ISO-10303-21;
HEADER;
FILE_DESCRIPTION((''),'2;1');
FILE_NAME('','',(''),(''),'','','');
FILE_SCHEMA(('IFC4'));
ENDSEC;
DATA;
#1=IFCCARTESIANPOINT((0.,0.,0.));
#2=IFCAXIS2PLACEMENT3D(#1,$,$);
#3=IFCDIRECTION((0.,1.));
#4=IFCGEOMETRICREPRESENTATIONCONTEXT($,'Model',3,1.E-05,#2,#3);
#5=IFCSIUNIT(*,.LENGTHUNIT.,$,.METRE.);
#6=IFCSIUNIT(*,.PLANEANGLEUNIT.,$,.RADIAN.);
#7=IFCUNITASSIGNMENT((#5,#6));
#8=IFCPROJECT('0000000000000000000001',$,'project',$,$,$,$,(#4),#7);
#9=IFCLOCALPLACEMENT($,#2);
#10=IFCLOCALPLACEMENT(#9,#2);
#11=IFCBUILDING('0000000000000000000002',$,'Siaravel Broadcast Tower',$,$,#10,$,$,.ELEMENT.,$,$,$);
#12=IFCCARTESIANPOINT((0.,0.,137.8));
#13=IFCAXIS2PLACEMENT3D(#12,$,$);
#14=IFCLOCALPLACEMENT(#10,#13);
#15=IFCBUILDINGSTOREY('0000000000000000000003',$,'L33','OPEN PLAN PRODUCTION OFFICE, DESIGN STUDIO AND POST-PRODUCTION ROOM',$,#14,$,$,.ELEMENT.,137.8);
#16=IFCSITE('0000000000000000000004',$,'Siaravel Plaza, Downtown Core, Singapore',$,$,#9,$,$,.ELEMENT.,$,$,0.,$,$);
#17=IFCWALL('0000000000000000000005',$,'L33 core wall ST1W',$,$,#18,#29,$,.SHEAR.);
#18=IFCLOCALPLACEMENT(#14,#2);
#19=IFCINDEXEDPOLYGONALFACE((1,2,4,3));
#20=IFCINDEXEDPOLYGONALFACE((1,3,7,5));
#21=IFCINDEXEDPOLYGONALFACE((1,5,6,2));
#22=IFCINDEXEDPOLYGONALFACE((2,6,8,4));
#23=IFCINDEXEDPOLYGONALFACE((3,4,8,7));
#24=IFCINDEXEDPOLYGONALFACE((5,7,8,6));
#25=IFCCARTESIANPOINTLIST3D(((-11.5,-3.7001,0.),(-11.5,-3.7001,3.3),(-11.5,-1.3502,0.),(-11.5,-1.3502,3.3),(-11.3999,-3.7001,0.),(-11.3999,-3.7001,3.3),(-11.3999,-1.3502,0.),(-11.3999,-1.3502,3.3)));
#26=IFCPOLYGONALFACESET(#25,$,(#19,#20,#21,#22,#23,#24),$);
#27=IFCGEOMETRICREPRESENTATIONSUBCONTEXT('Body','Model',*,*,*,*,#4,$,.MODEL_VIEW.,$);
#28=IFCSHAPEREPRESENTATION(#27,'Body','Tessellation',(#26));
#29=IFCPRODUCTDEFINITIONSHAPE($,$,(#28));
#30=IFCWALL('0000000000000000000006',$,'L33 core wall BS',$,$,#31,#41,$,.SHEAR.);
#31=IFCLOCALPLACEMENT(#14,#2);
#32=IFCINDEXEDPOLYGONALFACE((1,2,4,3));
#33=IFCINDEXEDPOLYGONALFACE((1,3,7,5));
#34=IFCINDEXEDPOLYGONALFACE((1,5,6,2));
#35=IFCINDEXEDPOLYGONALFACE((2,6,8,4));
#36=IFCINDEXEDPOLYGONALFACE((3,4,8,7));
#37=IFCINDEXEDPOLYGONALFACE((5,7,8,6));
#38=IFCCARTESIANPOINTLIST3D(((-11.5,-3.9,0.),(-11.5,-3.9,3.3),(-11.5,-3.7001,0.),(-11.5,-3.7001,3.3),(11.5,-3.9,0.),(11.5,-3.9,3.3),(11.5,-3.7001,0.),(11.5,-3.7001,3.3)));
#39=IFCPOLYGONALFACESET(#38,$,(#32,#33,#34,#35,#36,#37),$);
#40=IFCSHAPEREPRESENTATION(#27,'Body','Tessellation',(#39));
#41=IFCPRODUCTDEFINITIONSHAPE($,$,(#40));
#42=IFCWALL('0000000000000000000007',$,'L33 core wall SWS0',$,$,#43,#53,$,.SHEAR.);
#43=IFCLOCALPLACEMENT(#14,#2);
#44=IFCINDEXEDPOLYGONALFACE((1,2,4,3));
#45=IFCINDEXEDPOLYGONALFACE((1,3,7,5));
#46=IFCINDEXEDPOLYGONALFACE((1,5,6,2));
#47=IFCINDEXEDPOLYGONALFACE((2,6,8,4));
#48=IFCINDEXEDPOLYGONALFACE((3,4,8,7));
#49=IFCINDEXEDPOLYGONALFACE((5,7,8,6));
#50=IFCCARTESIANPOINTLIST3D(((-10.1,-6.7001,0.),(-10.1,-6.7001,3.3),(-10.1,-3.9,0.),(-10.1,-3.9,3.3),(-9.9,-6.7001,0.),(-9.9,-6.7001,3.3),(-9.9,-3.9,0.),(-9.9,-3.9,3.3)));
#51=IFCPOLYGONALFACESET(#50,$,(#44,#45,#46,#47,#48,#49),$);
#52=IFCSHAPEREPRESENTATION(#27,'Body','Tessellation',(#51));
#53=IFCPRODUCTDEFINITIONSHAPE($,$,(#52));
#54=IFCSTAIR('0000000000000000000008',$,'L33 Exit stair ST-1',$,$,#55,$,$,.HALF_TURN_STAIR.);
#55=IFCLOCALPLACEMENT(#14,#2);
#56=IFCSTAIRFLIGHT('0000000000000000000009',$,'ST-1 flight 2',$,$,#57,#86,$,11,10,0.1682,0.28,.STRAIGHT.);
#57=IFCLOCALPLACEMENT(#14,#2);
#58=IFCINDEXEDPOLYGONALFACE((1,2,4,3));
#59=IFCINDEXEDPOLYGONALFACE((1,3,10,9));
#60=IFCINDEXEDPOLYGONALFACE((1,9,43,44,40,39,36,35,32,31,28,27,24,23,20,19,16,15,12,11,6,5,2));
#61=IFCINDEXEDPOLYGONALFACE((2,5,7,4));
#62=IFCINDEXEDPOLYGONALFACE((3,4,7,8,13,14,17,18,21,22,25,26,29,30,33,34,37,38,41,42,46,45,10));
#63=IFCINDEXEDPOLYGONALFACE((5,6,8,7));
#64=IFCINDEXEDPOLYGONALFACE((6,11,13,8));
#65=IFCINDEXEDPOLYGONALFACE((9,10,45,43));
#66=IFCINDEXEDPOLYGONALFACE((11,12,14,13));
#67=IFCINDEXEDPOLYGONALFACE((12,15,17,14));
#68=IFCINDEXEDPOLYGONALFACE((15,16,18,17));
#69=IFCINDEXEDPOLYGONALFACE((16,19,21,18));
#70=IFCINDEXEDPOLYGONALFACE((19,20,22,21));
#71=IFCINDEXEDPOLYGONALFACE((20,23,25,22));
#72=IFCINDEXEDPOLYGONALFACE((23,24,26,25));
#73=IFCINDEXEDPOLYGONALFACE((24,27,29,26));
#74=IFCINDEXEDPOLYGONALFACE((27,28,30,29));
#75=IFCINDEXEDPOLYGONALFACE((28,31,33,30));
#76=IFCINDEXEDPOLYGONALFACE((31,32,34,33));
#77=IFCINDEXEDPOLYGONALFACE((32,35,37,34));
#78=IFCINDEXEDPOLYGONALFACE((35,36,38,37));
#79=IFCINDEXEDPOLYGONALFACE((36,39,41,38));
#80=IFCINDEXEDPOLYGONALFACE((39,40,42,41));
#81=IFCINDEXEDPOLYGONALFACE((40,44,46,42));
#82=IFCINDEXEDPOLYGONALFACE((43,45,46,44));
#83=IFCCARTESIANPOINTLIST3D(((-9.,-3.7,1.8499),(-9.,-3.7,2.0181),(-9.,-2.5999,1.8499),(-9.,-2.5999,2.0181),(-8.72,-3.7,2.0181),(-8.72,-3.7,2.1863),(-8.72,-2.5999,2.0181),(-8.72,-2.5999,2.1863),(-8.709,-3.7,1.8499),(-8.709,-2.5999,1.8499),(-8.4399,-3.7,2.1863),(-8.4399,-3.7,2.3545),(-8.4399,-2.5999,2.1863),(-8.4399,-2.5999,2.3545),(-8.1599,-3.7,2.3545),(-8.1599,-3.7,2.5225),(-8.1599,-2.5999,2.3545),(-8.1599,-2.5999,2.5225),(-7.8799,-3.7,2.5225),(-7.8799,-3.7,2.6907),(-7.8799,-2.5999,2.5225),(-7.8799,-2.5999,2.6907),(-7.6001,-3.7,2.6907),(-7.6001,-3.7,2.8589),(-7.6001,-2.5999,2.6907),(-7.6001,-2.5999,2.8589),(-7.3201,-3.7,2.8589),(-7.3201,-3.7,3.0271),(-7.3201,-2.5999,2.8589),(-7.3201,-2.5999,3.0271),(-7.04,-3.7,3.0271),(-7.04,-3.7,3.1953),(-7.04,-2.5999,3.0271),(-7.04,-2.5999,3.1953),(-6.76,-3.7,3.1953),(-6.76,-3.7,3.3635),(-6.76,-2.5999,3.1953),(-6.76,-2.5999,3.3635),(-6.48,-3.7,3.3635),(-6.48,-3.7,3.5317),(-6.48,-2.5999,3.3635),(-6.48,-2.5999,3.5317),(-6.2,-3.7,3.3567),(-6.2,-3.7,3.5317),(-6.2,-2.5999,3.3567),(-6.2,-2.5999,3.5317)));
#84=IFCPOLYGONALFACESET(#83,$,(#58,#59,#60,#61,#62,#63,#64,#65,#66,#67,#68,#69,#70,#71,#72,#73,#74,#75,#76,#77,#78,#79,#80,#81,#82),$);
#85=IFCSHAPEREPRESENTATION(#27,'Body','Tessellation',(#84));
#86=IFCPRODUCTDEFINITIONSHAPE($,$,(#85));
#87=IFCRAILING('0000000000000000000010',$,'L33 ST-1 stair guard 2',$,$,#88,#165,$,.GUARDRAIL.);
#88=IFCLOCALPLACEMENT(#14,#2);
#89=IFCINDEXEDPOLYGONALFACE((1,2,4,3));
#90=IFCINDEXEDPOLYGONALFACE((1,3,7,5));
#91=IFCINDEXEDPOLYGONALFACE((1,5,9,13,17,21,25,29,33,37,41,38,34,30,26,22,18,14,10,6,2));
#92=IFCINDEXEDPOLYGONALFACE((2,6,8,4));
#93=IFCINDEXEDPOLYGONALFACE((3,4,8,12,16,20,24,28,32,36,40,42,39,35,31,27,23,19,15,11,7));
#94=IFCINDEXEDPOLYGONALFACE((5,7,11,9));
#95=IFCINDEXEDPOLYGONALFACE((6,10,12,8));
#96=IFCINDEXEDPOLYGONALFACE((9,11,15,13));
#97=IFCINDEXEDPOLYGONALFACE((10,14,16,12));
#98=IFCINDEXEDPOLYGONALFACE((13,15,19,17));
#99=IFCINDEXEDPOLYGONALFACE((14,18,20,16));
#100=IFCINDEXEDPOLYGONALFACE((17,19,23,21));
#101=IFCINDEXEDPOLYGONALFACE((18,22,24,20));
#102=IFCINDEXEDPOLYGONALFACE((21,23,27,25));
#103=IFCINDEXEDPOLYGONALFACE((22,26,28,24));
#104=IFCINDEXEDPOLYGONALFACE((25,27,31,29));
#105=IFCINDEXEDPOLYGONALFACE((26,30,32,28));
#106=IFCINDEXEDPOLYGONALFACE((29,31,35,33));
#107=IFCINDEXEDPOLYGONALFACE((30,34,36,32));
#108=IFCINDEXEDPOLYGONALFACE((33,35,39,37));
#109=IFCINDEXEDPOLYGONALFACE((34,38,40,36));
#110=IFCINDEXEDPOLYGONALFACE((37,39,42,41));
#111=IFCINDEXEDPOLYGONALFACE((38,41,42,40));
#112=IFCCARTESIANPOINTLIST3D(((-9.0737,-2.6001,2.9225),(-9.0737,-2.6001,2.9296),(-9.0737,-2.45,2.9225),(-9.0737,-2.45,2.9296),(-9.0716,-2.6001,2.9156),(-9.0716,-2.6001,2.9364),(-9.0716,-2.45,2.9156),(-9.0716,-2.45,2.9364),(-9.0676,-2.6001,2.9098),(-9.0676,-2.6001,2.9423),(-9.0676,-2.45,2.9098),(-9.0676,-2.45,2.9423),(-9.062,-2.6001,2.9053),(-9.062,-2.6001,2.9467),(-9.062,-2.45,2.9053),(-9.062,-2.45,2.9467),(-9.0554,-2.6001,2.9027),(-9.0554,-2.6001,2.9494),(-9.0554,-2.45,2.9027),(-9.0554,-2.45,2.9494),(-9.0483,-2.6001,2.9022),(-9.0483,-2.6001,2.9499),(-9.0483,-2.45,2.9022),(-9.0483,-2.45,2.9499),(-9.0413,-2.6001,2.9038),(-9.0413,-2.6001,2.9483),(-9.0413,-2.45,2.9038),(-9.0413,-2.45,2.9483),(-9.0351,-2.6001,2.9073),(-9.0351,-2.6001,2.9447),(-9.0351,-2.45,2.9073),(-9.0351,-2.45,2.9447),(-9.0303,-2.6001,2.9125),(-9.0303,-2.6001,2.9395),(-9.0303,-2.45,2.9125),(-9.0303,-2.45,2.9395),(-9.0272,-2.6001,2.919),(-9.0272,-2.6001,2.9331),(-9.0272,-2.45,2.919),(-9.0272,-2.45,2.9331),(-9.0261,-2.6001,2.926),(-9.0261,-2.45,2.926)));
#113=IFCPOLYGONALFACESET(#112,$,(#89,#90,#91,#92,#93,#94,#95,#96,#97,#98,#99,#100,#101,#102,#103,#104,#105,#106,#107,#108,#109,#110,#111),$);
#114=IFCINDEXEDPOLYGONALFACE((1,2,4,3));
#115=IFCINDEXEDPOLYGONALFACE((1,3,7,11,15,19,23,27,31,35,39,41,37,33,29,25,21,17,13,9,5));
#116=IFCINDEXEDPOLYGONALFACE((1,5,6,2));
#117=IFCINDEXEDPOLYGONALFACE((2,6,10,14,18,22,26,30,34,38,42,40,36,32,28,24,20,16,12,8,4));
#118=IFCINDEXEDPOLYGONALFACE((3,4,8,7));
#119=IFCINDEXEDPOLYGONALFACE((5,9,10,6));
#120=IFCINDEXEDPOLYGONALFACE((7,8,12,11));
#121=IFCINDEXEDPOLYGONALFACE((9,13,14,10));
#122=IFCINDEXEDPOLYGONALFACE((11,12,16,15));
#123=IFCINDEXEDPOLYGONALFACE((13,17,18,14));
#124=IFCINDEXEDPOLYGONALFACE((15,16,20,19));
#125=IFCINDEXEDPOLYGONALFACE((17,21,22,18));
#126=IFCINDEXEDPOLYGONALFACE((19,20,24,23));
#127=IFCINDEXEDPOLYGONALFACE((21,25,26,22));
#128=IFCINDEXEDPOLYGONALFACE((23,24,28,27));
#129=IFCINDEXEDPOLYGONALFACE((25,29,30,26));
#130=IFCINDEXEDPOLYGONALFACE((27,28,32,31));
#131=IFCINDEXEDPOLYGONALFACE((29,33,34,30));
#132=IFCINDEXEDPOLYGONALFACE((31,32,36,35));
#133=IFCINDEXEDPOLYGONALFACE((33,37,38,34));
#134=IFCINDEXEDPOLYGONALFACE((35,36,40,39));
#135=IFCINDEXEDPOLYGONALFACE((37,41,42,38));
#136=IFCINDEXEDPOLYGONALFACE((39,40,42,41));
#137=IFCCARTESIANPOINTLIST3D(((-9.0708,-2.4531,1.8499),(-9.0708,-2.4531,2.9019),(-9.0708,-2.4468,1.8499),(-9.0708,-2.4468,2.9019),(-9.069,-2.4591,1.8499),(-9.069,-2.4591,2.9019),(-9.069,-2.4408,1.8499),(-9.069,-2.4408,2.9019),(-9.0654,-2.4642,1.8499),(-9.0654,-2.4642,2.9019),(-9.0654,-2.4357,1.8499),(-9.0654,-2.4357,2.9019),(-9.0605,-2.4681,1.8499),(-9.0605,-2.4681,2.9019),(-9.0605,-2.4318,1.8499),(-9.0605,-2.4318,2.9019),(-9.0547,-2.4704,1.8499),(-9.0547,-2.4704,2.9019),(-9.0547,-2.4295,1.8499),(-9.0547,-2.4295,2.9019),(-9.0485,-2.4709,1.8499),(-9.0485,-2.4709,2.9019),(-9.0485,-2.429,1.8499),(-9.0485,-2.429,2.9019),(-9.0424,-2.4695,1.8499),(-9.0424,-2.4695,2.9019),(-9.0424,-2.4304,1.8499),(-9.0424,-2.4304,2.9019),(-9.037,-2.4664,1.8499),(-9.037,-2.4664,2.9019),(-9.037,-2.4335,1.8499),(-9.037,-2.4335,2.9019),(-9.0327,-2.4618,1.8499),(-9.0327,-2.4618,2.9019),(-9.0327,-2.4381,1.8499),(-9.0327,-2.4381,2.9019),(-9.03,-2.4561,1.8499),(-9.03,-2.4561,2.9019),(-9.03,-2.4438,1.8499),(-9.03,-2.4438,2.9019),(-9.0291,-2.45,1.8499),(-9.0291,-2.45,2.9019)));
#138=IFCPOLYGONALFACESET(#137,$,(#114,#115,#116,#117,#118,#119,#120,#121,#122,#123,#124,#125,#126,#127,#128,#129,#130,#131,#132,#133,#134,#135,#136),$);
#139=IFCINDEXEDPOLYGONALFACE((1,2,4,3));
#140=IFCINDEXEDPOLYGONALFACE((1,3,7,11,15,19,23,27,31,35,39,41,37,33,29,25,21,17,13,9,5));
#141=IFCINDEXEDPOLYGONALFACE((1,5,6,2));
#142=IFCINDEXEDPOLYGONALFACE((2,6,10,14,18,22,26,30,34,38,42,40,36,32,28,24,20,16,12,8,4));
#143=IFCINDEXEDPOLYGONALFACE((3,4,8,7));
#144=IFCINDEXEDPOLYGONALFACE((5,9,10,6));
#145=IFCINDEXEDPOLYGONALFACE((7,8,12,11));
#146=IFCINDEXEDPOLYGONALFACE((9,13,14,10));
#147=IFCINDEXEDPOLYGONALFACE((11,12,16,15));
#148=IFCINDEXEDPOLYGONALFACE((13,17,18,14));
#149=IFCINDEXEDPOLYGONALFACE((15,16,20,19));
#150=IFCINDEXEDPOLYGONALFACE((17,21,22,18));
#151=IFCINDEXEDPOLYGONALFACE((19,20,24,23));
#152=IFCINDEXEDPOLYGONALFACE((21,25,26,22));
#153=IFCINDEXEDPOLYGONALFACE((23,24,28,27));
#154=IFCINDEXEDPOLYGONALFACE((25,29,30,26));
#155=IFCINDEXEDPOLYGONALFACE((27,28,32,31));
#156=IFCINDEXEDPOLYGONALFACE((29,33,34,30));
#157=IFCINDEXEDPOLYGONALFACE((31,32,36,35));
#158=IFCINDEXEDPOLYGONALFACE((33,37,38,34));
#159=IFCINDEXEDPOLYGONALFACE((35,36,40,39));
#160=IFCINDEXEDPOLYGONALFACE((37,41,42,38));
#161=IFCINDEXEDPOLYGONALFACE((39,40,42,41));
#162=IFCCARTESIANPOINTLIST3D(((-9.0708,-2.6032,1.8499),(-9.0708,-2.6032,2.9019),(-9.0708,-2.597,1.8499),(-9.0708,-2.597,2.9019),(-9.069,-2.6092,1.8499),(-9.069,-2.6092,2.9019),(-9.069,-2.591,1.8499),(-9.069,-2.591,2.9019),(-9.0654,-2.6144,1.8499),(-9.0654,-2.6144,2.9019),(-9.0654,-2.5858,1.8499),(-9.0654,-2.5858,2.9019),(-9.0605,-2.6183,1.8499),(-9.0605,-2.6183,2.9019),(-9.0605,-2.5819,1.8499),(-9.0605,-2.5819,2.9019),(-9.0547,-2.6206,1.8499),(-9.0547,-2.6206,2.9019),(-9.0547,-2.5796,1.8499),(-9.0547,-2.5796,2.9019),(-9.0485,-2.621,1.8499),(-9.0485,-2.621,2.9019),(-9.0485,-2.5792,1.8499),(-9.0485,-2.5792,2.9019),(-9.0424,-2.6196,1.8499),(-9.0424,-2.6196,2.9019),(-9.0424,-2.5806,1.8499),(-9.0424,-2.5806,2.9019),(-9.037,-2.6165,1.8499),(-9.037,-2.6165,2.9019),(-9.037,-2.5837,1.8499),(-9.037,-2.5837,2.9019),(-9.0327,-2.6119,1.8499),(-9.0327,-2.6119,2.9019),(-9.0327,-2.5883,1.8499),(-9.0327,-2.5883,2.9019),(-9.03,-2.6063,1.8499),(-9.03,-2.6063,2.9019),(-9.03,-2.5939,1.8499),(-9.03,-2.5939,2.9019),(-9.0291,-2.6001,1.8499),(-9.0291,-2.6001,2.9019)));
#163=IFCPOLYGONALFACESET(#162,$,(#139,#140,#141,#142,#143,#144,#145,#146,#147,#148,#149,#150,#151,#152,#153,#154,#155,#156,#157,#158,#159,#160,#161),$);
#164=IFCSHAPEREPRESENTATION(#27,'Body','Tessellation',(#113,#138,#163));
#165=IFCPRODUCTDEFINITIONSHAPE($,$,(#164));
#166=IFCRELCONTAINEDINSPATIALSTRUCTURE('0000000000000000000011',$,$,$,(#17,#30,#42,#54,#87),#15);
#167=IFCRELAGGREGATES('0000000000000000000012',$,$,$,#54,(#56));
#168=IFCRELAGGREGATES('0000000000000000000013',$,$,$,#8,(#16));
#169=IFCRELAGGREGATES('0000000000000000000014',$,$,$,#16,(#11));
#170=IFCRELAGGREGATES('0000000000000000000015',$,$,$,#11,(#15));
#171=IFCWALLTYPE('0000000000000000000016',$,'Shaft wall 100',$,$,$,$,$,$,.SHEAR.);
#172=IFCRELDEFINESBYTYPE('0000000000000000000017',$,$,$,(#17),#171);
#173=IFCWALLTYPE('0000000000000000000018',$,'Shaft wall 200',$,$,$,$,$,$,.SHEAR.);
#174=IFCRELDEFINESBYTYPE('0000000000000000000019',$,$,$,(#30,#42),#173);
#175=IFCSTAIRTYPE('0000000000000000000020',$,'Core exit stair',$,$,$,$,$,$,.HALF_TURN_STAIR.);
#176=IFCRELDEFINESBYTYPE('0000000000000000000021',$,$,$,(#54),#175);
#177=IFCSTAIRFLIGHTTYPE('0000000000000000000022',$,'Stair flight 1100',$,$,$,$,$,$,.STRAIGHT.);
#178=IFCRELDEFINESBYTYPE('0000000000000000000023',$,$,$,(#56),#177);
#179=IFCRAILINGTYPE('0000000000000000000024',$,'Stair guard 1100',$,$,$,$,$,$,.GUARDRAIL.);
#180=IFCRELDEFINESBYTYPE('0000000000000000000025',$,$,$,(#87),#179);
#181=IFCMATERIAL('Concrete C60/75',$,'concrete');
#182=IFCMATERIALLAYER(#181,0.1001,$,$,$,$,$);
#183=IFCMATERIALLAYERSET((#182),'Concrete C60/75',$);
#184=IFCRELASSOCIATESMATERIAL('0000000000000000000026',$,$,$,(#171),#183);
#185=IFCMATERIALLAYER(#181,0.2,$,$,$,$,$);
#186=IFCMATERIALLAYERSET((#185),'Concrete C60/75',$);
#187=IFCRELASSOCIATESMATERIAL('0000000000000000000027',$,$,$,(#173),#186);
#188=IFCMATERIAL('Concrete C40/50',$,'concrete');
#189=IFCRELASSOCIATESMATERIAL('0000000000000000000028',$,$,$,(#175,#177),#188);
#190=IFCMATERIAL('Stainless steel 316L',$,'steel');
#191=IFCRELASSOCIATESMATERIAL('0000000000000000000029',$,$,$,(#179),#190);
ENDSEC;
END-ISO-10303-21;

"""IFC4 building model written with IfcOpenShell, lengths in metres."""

from ifc_helpers import new_model, si_unit, direction, frame, frame_2d, origin, origin_2d, place, context, subcontext, project, spatial, polyline, rectangle, circle, outline, extrude, material, layer, layer_set, type_object, element, aggregate, save


model = new_model("IFC4")

# Units and contexts
model_context = context("Model", 3, precision=1e-05, world=origin(), true_north=direction((0.0, 1.0)))
body_context = subcontext(model_context, "Body", "Model", "MODEL_VIEW")
ifc_project = project(units=[si_unit("LENGTHUNIT", "METRE"), si_unit("PLANEANGLEUNIT", "RADIAN")], contexts=[model_context])

# Site, building, storey
site_placement = place(None, origin())
site = spatial("IfcSite", under=ifc_project, at=site_placement, Name="Siaravel Plaza, Downtown Core, Singapore", CompositionType="ELEMENT", RefElevation=0.0)
building_placement = place(site_placement, origin())
building = spatial("IfcBuilding", under=site, at=building_placement, Name="Siaravel Broadcast Tower", CompositionType="ELEMENT")
storey_placement = place(building_placement, frame((0.0, 0.0, 137.8)))
storey = spatial("IfcBuildingStorey", under=building, at=storey_placement, Name="L33", Description="OPEN PLAN PRODUCTION OFFICE, DESIGN STUDIO AND POST-PRODUCTION ROOM", CompositionType="ELEMENT", Elevation=137.8)

# Shared definitions
ifc_material_1 = material(Name="Concrete C60/75", Category="concrete")
ifc_material_2 = material(Name="Stainless steel 316L", Category="steel")

# Walls
ifc_layer_1 = layer(ifc_material_1, 0.1001)
ifc_layer_set_1 = layer_set([ifc_layer_1], Name="Concrete C60/75")
wall_type_1 = type_object("IfcWallType", Name="Shaft wall 100", PredefinedType="SHEAR", material=ifc_layer_set_1)
wall_1_placement = place(storey_placement, frame((-11.45, -3.7, 0.0), z_axis=(0.0, 0.0, 1.0), x_axis=(0.0, 1.0, 0.0)))
element("IfcWall", 1, at=wall_1_placement, inside=storey, type_object=wall_type_1, Name="L33 core wall ST1W", PredefinedType="SHEAR", context=body_context, shape_type="SweptSolid", body=[
    extrude(rectangle(XDim=2.3499, YDim=0.1001, at=frame_2d((1.1748, 0.0))), origin(), (0.0, 0.0, 1.0), 3.3),
])
ifc_layer_2 = layer(ifc_material_1, 0.2)
ifc_layer_set_2 = layer_set([ifc_layer_2], Name="Concrete C60/75")
wall_type_2 = type_object("IfcWallType", Name="Shaft wall 200", PredefinedType="SHEAR", material=ifc_layer_set_2)
wall_2_placement = place(storey_placement, frame((-11.5, -3.8, 0.0), z_axis=(0.0, 0.0, 1.0), x_axis=(1.0, 0.0, 0.0)))
element("IfcWall", 2, at=wall_2_placement, inside=storey, type_object=wall_type_2, Name="L33 core wall BS", PredefinedType="SHEAR", context=body_context, shape_type="SweptSolid", body=[
    extrude(rectangle(XDim=23.0, YDim=0.2, at=frame_2d((11.5, 0.0))), origin(), (0.0, 0.0, 1.0), 3.3),
])
wall_3_placement = place(storey_placement, frame((-10.0, -6.7, 0.0), z_axis=(0.0, 0.0, 1.0), x_axis=(0.0, 1.0, 0.0)))
element("IfcWall", 3, at=wall_3_placement, inside=storey, type_object=wall_type_2, Name="L33 core wall SWS0", PredefinedType="SHEAR", context=body_context, shape_type="SweptSolid", body=[
    extrude(rectangle(XDim=2.8, YDim=0.2, at=frame_2d((1.3999, 0.0))), origin(), (0.0, 0.0, 1.0), 3.3),
])

# Stair, stair flight
ifc_material_3 = material(Name="Concrete C40/50", Category="concrete")
stair_type = type_object("IfcStairType", Name="Core exit stair", PredefinedType="HALF_TURN_STAIR", material=ifc_material_3)
stair_placement = place(storey_placement, origin())
stair = element("IfcStair", 4, at=stair_placement, inside=storey, type_object=stair_type, Name="L33 Exit stair ST-1", PredefinedType="HALF_TURN_STAIR")
stair_flight_type = type_object("IfcStairFlightType", Name="Stair flight 1100", PredefinedType="STRAIGHT", material=ifc_material_3)
stair_flight_placement = place(storey_placement, frame((-9.0, -3.1499, 1.8499), z_axis=(0.0, 0.0, 1.0), x_axis=(1.0, 0.0, 0.0)))
stair_flight = element("IfcStairFlight", 5, at=stair_flight_placement, type_object=stair_flight_type, Name="ST-1 flight 2", NumberOfRisers=11, NumberOfTreads=10, PredefinedType="STRAIGHT", RiserHeight=0.1682, TreadLength=0.28, context=body_context, shape_type="SweptSolid", body=[
    extrude(outline(polyline([(0.0, 0.0), (0.0, 0.1682), (0.28, 0.1682), (0.28, 0.3364), (0.5601, 0.3364), (0.5601, 0.5046), (0.8401, 0.5046), (0.8401, 0.6726), (1.1201, 0.6726), (1.1201, 0.8408), (1.3999, 0.8408), (1.3999, 1.009), (1.6799, 1.009), (1.6799, 1.1772), (1.96, 1.1772), (1.96, 1.3455), (2.24, 1.3455), (2.24, 1.5137), (2.52, 1.5137), (2.52, 1.6819), (2.8, 1.6819), (2.8, 1.8501), (2.8, 1.5068), (0.291, 0.0), (0.0, 0.0)])), frame((0.0, 0.55, 0.0), z_axis=(0.0, -1.0, 0.0), x_axis=(1.0, 0.0, 0.0)), (0.0, 0.0, 1.0), 1.1001),
])
aggregate(stair, [stair_flight])

# Railing
railing_type_1 = type_object("IfcRailingType", Name="Stair guard 1100", PredefinedType="GUARDRAIL", material=ifc_material_2)
railing_1_placement = place(storey_placement, frame((-9.05, -2.45, 1.8499)))
element("IfcRailing", 6, at=railing_1_placement, inside=storey, type_object=railing_type_1, Name="L33 ST-1 stair guard 2", PredefinedType="GUARDRAIL", context=body_context, shape_type="SweptSolid", body=[
    extrude(circle(Radius=0.0239, at=origin_2d()), frame((0.0, 0.0, 1.0762), z_axis=(0.0, -1.0, 0.0), x_axis=(1.0, 0.0, 0.0)), (0.0, 0.0, 1.0), 0.1501),
    extrude(circle(Radius=0.021, at=origin_2d()), origin(), (0.0, 0.0, 1.0), 1.052),
    extrude(circle(Radius=0.021, at=origin_2d()), frame((0.0, -0.1501, 0.0)), (0.0, 0.0, 1.0), 1.052),
])

save(model, "model.ifc")
